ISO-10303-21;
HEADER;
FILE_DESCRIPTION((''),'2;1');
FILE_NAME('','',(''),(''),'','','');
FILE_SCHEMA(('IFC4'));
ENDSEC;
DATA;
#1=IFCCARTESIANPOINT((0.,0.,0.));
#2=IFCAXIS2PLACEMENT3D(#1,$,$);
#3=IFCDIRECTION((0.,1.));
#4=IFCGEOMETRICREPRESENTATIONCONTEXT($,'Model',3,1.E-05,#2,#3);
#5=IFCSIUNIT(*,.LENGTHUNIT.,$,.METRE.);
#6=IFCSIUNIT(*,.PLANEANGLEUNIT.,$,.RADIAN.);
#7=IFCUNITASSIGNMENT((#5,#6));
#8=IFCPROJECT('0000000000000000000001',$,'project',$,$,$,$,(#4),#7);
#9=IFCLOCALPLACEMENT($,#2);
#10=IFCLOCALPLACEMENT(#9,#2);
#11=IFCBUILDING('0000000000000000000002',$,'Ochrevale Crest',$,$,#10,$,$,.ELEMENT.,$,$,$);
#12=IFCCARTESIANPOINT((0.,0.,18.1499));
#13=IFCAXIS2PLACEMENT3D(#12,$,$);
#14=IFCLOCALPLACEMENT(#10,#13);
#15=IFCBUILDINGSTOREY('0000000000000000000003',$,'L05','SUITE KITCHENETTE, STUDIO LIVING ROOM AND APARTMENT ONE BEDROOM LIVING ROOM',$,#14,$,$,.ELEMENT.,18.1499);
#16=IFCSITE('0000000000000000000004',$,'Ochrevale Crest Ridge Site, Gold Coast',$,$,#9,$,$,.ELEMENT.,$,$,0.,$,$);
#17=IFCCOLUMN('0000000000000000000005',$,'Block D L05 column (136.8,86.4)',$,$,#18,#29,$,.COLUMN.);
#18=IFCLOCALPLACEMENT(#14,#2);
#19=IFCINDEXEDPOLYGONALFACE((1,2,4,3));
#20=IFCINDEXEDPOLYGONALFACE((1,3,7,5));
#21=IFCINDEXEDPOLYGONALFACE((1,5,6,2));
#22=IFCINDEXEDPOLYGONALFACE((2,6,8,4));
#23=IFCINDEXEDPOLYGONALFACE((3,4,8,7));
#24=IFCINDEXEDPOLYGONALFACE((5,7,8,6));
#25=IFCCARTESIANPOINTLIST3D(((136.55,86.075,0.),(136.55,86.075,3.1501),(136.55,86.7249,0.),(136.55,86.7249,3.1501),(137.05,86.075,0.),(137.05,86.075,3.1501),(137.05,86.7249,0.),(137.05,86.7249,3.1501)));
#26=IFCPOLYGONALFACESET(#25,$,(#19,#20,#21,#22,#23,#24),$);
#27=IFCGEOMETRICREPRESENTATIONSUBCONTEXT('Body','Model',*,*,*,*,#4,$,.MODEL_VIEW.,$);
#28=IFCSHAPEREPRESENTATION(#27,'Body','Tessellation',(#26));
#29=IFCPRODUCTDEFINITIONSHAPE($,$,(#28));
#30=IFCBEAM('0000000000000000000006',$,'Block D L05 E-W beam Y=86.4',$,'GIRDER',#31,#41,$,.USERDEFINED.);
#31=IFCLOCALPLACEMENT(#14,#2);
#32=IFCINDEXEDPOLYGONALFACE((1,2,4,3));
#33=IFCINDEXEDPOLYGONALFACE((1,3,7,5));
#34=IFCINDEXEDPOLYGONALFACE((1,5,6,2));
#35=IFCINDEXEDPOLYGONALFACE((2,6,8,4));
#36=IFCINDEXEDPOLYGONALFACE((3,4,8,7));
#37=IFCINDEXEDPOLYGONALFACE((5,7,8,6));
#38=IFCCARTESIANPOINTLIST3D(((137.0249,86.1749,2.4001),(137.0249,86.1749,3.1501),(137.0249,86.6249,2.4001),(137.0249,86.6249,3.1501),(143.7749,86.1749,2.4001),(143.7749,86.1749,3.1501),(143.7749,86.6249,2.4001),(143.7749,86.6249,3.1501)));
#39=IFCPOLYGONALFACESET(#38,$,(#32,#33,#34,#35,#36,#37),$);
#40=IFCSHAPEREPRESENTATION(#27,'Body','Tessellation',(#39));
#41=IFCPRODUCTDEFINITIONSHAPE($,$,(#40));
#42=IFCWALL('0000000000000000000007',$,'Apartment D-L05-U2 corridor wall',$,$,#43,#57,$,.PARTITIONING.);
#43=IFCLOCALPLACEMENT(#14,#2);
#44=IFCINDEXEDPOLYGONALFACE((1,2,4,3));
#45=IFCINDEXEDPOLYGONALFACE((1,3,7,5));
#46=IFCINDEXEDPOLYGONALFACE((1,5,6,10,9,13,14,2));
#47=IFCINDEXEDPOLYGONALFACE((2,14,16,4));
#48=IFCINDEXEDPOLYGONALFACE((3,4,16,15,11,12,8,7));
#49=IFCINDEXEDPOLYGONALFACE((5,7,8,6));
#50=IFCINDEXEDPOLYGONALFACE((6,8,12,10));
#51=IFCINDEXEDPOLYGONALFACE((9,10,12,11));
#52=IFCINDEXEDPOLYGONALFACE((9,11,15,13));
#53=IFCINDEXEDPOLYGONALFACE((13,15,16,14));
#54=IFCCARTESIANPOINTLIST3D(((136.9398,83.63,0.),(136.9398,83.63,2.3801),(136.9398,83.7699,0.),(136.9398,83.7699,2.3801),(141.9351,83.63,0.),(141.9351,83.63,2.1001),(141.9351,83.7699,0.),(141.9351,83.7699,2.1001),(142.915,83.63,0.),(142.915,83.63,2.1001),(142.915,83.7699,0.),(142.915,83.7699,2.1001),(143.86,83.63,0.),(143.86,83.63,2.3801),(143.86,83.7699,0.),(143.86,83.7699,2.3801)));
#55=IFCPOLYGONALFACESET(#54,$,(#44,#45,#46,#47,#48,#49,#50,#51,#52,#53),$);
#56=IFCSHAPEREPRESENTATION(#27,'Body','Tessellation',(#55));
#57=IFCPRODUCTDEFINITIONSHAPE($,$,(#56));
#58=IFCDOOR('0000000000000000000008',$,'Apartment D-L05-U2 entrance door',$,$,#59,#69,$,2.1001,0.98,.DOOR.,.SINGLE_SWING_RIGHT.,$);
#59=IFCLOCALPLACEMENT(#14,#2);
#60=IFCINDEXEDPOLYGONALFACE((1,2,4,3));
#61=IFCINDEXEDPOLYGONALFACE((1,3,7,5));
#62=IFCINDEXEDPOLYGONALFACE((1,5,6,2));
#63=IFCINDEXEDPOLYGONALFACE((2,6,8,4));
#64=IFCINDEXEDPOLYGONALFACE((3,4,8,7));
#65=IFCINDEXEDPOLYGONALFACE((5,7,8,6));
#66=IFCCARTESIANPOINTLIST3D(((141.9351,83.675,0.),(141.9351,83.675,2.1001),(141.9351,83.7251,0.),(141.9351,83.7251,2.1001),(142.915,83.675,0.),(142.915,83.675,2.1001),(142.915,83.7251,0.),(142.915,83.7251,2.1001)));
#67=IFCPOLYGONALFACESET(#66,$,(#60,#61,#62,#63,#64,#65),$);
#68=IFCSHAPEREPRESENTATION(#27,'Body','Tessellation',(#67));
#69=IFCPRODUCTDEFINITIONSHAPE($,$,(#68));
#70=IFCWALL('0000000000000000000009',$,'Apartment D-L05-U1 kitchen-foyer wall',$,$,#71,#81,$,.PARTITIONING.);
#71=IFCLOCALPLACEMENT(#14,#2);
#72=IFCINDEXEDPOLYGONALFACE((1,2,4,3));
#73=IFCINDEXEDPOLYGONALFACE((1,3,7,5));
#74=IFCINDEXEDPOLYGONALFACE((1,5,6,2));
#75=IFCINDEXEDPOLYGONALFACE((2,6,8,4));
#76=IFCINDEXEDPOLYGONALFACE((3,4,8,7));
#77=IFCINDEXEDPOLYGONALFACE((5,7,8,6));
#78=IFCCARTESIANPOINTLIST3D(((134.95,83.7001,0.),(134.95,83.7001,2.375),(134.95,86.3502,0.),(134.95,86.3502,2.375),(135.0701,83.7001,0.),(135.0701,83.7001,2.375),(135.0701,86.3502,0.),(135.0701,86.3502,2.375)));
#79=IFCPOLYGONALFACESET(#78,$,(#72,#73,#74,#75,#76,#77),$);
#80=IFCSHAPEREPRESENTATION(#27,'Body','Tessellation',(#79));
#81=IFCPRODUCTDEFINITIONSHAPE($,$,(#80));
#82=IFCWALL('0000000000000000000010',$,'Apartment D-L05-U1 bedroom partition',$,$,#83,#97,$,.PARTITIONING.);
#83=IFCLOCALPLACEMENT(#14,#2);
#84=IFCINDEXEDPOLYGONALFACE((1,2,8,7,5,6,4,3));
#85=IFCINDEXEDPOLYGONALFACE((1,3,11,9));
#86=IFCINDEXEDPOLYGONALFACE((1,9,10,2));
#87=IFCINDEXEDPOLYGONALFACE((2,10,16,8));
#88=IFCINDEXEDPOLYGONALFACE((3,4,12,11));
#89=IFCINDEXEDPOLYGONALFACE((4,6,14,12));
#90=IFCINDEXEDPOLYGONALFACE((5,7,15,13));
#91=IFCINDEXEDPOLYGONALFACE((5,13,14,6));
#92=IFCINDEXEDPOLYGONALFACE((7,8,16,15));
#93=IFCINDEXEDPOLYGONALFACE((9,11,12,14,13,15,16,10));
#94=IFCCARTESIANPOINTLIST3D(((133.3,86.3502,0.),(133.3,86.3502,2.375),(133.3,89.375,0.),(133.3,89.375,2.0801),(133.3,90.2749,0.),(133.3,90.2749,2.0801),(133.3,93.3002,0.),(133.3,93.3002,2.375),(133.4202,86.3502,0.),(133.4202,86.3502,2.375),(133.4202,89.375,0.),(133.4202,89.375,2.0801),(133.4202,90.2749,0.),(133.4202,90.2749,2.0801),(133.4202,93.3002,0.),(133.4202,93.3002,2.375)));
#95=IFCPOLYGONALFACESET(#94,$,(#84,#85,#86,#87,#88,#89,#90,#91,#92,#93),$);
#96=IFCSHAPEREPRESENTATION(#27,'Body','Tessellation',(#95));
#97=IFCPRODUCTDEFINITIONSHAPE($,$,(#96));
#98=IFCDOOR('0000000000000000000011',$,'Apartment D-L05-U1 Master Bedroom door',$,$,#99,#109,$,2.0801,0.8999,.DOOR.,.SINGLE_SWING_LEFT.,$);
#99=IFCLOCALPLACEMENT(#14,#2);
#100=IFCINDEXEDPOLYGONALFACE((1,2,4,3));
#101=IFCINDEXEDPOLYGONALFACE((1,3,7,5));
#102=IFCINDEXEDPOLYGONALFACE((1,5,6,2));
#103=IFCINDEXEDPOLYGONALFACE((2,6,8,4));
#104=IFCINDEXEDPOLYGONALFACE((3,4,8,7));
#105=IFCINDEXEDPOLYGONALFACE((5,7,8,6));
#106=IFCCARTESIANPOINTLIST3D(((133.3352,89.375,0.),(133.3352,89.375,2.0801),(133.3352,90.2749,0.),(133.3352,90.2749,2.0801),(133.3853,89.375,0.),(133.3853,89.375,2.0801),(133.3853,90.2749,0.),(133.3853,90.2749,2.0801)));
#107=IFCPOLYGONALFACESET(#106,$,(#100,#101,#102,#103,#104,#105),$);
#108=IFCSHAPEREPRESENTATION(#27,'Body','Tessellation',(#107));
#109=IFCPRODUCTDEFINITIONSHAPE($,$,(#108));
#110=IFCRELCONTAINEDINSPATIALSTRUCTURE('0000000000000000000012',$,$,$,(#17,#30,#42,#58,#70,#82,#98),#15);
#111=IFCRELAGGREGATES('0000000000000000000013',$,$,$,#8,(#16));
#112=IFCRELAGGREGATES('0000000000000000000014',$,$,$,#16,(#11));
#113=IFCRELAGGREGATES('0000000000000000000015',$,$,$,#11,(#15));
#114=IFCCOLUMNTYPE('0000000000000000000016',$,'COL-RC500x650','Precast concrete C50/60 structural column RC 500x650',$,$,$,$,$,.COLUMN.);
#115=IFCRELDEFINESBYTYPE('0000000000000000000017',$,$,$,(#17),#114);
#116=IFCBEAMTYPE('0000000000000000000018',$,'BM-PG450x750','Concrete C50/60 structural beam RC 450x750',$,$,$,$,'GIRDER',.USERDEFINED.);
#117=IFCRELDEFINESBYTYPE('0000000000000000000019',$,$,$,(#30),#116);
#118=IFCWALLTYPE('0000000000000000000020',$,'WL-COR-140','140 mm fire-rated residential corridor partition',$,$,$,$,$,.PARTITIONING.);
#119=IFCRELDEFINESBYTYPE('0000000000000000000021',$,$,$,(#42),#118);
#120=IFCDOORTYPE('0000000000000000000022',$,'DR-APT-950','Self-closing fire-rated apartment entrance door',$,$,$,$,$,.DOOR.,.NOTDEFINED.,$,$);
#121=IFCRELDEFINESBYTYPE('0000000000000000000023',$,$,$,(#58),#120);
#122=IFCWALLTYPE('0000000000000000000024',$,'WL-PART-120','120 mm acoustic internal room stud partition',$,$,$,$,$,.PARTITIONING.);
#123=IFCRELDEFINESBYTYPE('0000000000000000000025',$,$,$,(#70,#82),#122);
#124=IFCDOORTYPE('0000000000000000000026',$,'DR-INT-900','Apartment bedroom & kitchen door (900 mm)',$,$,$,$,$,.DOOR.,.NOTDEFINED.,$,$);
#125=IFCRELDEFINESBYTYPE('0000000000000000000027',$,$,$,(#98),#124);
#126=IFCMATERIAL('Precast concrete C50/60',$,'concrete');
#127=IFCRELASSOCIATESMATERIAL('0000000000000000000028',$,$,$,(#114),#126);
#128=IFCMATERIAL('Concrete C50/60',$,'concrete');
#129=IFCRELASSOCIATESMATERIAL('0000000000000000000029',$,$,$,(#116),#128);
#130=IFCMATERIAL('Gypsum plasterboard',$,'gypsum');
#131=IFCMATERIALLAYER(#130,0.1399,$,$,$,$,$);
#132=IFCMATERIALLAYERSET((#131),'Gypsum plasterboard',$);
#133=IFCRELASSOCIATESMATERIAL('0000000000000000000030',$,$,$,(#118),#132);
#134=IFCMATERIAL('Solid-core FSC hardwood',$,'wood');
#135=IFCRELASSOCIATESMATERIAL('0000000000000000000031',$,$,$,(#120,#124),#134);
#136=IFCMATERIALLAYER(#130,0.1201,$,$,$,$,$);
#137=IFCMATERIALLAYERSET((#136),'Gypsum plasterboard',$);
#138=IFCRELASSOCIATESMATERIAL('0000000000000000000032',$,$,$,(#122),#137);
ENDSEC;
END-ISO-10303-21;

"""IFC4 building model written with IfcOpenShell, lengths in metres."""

from ifc_helpers import new_model, si_unit, direction, frame, frame_2d, origin, origin_2d, place, context, subcontext, project, spatial, rectangle, extrude, material, layer, layer_set, material_profile, profile_set, type_object, element, fill, save


model = new_model("IFC4")

# Units and contexts
model_context = context("Model", 3, precision=1e-05, world=origin(), true_north=direction((0.0, 1.0)))
body_context = subcontext(model_context, "Body", "Model", "MODEL_VIEW")
ifc_project = project(units=[si_unit("LENGTHUNIT", "METRE"), si_unit("PLANEANGLEUNIT", "RADIAN")], contexts=[model_context])

# Site, building, storey
site_placement = place(None, origin())
site = spatial("IfcSite", under=ifc_project, at=site_placement, Name="Ochrevale Crest Ridge Site, Gold Coast", CompositionType="ELEMENT", RefElevation=0.0)
building_placement = place(site_placement, origin())
building = spatial("IfcBuilding", under=site, at=building_placement, Name="Ochrevale Crest", CompositionType="ELEMENT")
storey_placement = place(building_placement, frame((0.0, 0.0, 18.1499)))
storey = spatial("IfcBuildingStorey", under=building, at=storey_placement, Name="L05", Description="SUITE KITCHENETTE, STUDIO LIVING ROOM AND APARTMENT ONE BEDROOM LIVING ROOM", CompositionType="ELEMENT", Elevation=18.1499)

# Column
ifc_material_1 = material(Name="Precast concrete C50/60", Category="concrete")
ifc_material_profile_1 = material_profile(ifc_material_1, rectangle(XDim=0.5, YDim=0.6499, at=origin_2d()), Name="RC 500x650")
ifc_profile_set_1 = profile_set([ifc_material_profile_1], Name="Precast concrete C50/60")
column_type = type_object("IfcColumnType", Name="COL-RC500x650", Description="Precast concrete C50/60 structural column RC 500x650", PredefinedType="COLUMN", material=ifc_profile_set_1)
column_placement = place(storey_placement, frame((136.8, 86.3999, 0.0), z_axis=(0.0, 0.0, 1.0), x_axis=(1.0, 0.0, 0.0)))
element("IfcColumn", 1, at=column_placement, inside=storey, type_object=column_type, Name="Block D L05 column (136.8,86.4)", PredefinedType="COLUMN", context=body_context, shape_type="SweptSolid", body=[
    extrude(rectangle(XDim=0.5, YDim=0.6499, at=origin_2d()), origin(), (0.0, 0.0, 1.0), 3.1501),
])

# Beam
ifc_material_2 = material(Name="Concrete C50/60", Category="concrete")
ifc_material_profile_2 = material_profile(ifc_material_2, rectangle(XDim=0.45, YDim=0.75, at=origin_2d()), Name="RC 450x750")
ifc_profile_set_2 = profile_set([ifc_material_profile_2], Name="Concrete C50/60")
beam_type = type_object("IfcBeamType", Name="BM-PG450x750", Description="Concrete C50/60 structural beam RC 450x750", ElementType="GIRDER", PredefinedType="USERDEFINED", material=ifc_profile_set_2)
beam_placement = place(storey_placement, frame((137.0249, 86.3999, 2.7751), z_axis=(1.0, 0.0, 0.0), x_axis=(0.0, 1.0, 0.0)))
element("IfcBeam", 2, at=beam_placement, inside=storey, type_object=beam_type, Name="Block D L05 E-W beam Y=86.4", ObjectType="GIRDER", PredefinedType="USERDEFINED", context=body_context, shape_type="SweptSolid", body=[
    extrude(rectangle(XDim=0.45, YDim=0.75, at=origin_2d()), origin(), (0.0, 0.0, 1.0), 6.75),
])

# Wall, opening, door
ifc_material_3 = material(Name="Gypsum plasterboard", Category="gypsum")
ifc_layer_1 = layer(ifc_material_3, 0.1399)
ifc_layer_set_1 = layer_set([ifc_layer_1], Name="Gypsum plasterboard")
wall_type_1 = type_object("IfcWallType", Name="WL-COR-140", Description="140 mm fire-rated residential corridor partition", PredefinedType="PARTITIONING", material=ifc_layer_set_1)
wall_1_placement = place(storey_placement, frame((136.9399, 83.7, 0.0), z_axis=(0.0, 0.0, 1.0), x_axis=(1.0, 0.0, 0.0)))
wall_1 = element("IfcWall", 3, at=wall_1_placement, inside=storey, type_object=wall_type_1, Name="Apartment D-L05-U2 corridor wall", PredefinedType="PARTITIONING", context=body_context, shape_type="SweptSolid", body=[
    extrude(rectangle(XDim=6.9202, YDim=0.1399, at=frame_2d((3.46, 0.0))), origin(), (0.0, 0.0, 1.0), 2.3801),
])
opening_1_placement = place(wall_1_placement, frame((5.9751, 0.0, 0.0), z_axis=(0.0, 0.0, 1.0), x_axis=(-1.0, 0.0, 0.0)))
opening_1 = element("IfcOpeningElement", 4, at=opening_1_placement, cuts=wall_1, PredefinedType="OPENING", context=body_context, shape_type="SweptSolid", body=[
    extrude(rectangle(XDim=0.98, YDim=2.1001, at=frame_2d((0.49, 1.05))), frame((0.0, 0.0801, 0.0), z_axis=(0.0, -1.0, 0.0), x_axis=(1.0, 0.0, 0.0)), (0.0, 0.0, 1.0), 0.1599),
])
ifc_material_4 = material(Name="Solid-core FSC hardwood", Category="wood")
door_type_1 = type_object("IfcDoorType", Name="DR-APT-950", Description="Self-closing fire-rated apartment entrance door", OperationType="NOTDEFINED", PredefinedType="DOOR", material=ifc_material_4)
door_1_placement = place(opening_1_placement, origin())
door_1 = element("IfcDoor", 5, at=door_1_placement, inside=storey, type_object=door_type_1, Name="Apartment D-L05-U2 entrance door", OperationType="SINGLE_SWING_RIGHT", OverallHeight=2.1001, OverallWidth=0.98, PredefinedType="DOOR", context=body_context, shape_type="SweptSolid", body=[
    extrude(rectangle(XDim=0.98, YDim=2.1001, at=frame_2d((0.49, 1.05))), frame((0.0, 0.0249, 0.0), z_axis=(0.0, -1.0, 0.0), x_axis=(1.0, 0.0, 0.0)), (0.0, 0.0, 1.0), 0.05),
])
fill(opening_1, door_1)

# Wall
ifc_layer_2 = layer(ifc_material_3, 0.1201)
ifc_layer_set_2 = layer_set([ifc_layer_2], Name="Gypsum plasterboard")
wall_type_2 = type_object("IfcWallType", Name="WL-PART-120", Description="120 mm acoustic internal room stud partition", PredefinedType="PARTITIONING", material=ifc_layer_set_2)
wall_2_placement = place(storey_placement, frame((135.01, 83.7, 0.0), z_axis=(0.0, 0.0, 1.0), x_axis=(0.0, 1.0, 0.0)))
element("IfcWall", 6, at=wall_2_placement, inside=storey, type_object=wall_type_2, Name="Apartment D-L05-U1 kitchen-foyer wall", PredefinedType="PARTITIONING", context=body_context, shape_type="SweptSolid", body=[
    extrude(rectangle(XDim=2.6501, YDim=0.1201, at=frame_2d((1.3252, 0.0))), origin(), (0.0, 0.0, 1.0), 2.375),
])

# Wall, opening, door
wall_3_placement = place(storey_placement, frame((133.3601, 86.3501, 0.0), z_axis=(0.0, 0.0, 1.0), x_axis=(0.0, 1.0, 0.0)))
wall_3 = element("IfcWall", 7, at=wall_3_placement, inside=storey, type_object=wall_type_2, Name="Apartment D-L05-U1 bedroom partition", PredefinedType="PARTITIONING", context=body_context, shape_type="SweptSolid", body=[
    extrude(rectangle(XDim=6.95, YDim=0.1201, at=frame_2d((3.4751, 0.0))), origin(), (0.0, 0.0, 1.0), 2.375),
])
opening_2_placement = place(wall_3_placement, frame((3.0249, 0.0, 0.0)))
opening_2 = element("IfcOpeningElement", 8, at=opening_2_placement, cuts=wall_3, PredefinedType="OPENING", context=body_context, shape_type="SweptSolid", body=[
    extrude(rectangle(XDim=0.8999, YDim=2.0801, at=frame_2d((0.45, 1.04))), frame((0.0, 0.0701, 0.0), z_axis=(0.0, -1.0, 0.0), x_axis=(1.0, 0.0, 0.0)), (0.0, 0.0, 1.0), 0.1401),
])
door_type_2 = type_object("IfcDoorType", Name="DR-INT-900", Description="Apartment bedroom & kitchen door (900 mm)", OperationType="NOTDEFINED", PredefinedType="DOOR", material=ifc_material_4)
door_2_placement = place(opening_2_placement, origin())
door_2 = element("IfcDoor", 9, at=door_2_placement, inside=storey, type_object=door_type_2, Name="Apartment D-L05-U1 Master Bedroom door", OperationType="SINGLE_SWING_LEFT", OverallHeight=2.0801, OverallWidth=0.8999, PredefinedType="DOOR", context=body_context, shape_type="SweptSolid", body=[
    extrude(rectangle(XDim=0.8999, YDim=2.0801, at=frame_2d((0.45, 1.04))), frame((0.0, 0.0249, 0.0), z_axis=(0.0, -1.0, 0.0), x_axis=(1.0, 0.0, 0.0)), (0.0, 0.0, 1.0), 0.05),
])
fill(opening_2, door_2)

save(model, "model.ifc")
